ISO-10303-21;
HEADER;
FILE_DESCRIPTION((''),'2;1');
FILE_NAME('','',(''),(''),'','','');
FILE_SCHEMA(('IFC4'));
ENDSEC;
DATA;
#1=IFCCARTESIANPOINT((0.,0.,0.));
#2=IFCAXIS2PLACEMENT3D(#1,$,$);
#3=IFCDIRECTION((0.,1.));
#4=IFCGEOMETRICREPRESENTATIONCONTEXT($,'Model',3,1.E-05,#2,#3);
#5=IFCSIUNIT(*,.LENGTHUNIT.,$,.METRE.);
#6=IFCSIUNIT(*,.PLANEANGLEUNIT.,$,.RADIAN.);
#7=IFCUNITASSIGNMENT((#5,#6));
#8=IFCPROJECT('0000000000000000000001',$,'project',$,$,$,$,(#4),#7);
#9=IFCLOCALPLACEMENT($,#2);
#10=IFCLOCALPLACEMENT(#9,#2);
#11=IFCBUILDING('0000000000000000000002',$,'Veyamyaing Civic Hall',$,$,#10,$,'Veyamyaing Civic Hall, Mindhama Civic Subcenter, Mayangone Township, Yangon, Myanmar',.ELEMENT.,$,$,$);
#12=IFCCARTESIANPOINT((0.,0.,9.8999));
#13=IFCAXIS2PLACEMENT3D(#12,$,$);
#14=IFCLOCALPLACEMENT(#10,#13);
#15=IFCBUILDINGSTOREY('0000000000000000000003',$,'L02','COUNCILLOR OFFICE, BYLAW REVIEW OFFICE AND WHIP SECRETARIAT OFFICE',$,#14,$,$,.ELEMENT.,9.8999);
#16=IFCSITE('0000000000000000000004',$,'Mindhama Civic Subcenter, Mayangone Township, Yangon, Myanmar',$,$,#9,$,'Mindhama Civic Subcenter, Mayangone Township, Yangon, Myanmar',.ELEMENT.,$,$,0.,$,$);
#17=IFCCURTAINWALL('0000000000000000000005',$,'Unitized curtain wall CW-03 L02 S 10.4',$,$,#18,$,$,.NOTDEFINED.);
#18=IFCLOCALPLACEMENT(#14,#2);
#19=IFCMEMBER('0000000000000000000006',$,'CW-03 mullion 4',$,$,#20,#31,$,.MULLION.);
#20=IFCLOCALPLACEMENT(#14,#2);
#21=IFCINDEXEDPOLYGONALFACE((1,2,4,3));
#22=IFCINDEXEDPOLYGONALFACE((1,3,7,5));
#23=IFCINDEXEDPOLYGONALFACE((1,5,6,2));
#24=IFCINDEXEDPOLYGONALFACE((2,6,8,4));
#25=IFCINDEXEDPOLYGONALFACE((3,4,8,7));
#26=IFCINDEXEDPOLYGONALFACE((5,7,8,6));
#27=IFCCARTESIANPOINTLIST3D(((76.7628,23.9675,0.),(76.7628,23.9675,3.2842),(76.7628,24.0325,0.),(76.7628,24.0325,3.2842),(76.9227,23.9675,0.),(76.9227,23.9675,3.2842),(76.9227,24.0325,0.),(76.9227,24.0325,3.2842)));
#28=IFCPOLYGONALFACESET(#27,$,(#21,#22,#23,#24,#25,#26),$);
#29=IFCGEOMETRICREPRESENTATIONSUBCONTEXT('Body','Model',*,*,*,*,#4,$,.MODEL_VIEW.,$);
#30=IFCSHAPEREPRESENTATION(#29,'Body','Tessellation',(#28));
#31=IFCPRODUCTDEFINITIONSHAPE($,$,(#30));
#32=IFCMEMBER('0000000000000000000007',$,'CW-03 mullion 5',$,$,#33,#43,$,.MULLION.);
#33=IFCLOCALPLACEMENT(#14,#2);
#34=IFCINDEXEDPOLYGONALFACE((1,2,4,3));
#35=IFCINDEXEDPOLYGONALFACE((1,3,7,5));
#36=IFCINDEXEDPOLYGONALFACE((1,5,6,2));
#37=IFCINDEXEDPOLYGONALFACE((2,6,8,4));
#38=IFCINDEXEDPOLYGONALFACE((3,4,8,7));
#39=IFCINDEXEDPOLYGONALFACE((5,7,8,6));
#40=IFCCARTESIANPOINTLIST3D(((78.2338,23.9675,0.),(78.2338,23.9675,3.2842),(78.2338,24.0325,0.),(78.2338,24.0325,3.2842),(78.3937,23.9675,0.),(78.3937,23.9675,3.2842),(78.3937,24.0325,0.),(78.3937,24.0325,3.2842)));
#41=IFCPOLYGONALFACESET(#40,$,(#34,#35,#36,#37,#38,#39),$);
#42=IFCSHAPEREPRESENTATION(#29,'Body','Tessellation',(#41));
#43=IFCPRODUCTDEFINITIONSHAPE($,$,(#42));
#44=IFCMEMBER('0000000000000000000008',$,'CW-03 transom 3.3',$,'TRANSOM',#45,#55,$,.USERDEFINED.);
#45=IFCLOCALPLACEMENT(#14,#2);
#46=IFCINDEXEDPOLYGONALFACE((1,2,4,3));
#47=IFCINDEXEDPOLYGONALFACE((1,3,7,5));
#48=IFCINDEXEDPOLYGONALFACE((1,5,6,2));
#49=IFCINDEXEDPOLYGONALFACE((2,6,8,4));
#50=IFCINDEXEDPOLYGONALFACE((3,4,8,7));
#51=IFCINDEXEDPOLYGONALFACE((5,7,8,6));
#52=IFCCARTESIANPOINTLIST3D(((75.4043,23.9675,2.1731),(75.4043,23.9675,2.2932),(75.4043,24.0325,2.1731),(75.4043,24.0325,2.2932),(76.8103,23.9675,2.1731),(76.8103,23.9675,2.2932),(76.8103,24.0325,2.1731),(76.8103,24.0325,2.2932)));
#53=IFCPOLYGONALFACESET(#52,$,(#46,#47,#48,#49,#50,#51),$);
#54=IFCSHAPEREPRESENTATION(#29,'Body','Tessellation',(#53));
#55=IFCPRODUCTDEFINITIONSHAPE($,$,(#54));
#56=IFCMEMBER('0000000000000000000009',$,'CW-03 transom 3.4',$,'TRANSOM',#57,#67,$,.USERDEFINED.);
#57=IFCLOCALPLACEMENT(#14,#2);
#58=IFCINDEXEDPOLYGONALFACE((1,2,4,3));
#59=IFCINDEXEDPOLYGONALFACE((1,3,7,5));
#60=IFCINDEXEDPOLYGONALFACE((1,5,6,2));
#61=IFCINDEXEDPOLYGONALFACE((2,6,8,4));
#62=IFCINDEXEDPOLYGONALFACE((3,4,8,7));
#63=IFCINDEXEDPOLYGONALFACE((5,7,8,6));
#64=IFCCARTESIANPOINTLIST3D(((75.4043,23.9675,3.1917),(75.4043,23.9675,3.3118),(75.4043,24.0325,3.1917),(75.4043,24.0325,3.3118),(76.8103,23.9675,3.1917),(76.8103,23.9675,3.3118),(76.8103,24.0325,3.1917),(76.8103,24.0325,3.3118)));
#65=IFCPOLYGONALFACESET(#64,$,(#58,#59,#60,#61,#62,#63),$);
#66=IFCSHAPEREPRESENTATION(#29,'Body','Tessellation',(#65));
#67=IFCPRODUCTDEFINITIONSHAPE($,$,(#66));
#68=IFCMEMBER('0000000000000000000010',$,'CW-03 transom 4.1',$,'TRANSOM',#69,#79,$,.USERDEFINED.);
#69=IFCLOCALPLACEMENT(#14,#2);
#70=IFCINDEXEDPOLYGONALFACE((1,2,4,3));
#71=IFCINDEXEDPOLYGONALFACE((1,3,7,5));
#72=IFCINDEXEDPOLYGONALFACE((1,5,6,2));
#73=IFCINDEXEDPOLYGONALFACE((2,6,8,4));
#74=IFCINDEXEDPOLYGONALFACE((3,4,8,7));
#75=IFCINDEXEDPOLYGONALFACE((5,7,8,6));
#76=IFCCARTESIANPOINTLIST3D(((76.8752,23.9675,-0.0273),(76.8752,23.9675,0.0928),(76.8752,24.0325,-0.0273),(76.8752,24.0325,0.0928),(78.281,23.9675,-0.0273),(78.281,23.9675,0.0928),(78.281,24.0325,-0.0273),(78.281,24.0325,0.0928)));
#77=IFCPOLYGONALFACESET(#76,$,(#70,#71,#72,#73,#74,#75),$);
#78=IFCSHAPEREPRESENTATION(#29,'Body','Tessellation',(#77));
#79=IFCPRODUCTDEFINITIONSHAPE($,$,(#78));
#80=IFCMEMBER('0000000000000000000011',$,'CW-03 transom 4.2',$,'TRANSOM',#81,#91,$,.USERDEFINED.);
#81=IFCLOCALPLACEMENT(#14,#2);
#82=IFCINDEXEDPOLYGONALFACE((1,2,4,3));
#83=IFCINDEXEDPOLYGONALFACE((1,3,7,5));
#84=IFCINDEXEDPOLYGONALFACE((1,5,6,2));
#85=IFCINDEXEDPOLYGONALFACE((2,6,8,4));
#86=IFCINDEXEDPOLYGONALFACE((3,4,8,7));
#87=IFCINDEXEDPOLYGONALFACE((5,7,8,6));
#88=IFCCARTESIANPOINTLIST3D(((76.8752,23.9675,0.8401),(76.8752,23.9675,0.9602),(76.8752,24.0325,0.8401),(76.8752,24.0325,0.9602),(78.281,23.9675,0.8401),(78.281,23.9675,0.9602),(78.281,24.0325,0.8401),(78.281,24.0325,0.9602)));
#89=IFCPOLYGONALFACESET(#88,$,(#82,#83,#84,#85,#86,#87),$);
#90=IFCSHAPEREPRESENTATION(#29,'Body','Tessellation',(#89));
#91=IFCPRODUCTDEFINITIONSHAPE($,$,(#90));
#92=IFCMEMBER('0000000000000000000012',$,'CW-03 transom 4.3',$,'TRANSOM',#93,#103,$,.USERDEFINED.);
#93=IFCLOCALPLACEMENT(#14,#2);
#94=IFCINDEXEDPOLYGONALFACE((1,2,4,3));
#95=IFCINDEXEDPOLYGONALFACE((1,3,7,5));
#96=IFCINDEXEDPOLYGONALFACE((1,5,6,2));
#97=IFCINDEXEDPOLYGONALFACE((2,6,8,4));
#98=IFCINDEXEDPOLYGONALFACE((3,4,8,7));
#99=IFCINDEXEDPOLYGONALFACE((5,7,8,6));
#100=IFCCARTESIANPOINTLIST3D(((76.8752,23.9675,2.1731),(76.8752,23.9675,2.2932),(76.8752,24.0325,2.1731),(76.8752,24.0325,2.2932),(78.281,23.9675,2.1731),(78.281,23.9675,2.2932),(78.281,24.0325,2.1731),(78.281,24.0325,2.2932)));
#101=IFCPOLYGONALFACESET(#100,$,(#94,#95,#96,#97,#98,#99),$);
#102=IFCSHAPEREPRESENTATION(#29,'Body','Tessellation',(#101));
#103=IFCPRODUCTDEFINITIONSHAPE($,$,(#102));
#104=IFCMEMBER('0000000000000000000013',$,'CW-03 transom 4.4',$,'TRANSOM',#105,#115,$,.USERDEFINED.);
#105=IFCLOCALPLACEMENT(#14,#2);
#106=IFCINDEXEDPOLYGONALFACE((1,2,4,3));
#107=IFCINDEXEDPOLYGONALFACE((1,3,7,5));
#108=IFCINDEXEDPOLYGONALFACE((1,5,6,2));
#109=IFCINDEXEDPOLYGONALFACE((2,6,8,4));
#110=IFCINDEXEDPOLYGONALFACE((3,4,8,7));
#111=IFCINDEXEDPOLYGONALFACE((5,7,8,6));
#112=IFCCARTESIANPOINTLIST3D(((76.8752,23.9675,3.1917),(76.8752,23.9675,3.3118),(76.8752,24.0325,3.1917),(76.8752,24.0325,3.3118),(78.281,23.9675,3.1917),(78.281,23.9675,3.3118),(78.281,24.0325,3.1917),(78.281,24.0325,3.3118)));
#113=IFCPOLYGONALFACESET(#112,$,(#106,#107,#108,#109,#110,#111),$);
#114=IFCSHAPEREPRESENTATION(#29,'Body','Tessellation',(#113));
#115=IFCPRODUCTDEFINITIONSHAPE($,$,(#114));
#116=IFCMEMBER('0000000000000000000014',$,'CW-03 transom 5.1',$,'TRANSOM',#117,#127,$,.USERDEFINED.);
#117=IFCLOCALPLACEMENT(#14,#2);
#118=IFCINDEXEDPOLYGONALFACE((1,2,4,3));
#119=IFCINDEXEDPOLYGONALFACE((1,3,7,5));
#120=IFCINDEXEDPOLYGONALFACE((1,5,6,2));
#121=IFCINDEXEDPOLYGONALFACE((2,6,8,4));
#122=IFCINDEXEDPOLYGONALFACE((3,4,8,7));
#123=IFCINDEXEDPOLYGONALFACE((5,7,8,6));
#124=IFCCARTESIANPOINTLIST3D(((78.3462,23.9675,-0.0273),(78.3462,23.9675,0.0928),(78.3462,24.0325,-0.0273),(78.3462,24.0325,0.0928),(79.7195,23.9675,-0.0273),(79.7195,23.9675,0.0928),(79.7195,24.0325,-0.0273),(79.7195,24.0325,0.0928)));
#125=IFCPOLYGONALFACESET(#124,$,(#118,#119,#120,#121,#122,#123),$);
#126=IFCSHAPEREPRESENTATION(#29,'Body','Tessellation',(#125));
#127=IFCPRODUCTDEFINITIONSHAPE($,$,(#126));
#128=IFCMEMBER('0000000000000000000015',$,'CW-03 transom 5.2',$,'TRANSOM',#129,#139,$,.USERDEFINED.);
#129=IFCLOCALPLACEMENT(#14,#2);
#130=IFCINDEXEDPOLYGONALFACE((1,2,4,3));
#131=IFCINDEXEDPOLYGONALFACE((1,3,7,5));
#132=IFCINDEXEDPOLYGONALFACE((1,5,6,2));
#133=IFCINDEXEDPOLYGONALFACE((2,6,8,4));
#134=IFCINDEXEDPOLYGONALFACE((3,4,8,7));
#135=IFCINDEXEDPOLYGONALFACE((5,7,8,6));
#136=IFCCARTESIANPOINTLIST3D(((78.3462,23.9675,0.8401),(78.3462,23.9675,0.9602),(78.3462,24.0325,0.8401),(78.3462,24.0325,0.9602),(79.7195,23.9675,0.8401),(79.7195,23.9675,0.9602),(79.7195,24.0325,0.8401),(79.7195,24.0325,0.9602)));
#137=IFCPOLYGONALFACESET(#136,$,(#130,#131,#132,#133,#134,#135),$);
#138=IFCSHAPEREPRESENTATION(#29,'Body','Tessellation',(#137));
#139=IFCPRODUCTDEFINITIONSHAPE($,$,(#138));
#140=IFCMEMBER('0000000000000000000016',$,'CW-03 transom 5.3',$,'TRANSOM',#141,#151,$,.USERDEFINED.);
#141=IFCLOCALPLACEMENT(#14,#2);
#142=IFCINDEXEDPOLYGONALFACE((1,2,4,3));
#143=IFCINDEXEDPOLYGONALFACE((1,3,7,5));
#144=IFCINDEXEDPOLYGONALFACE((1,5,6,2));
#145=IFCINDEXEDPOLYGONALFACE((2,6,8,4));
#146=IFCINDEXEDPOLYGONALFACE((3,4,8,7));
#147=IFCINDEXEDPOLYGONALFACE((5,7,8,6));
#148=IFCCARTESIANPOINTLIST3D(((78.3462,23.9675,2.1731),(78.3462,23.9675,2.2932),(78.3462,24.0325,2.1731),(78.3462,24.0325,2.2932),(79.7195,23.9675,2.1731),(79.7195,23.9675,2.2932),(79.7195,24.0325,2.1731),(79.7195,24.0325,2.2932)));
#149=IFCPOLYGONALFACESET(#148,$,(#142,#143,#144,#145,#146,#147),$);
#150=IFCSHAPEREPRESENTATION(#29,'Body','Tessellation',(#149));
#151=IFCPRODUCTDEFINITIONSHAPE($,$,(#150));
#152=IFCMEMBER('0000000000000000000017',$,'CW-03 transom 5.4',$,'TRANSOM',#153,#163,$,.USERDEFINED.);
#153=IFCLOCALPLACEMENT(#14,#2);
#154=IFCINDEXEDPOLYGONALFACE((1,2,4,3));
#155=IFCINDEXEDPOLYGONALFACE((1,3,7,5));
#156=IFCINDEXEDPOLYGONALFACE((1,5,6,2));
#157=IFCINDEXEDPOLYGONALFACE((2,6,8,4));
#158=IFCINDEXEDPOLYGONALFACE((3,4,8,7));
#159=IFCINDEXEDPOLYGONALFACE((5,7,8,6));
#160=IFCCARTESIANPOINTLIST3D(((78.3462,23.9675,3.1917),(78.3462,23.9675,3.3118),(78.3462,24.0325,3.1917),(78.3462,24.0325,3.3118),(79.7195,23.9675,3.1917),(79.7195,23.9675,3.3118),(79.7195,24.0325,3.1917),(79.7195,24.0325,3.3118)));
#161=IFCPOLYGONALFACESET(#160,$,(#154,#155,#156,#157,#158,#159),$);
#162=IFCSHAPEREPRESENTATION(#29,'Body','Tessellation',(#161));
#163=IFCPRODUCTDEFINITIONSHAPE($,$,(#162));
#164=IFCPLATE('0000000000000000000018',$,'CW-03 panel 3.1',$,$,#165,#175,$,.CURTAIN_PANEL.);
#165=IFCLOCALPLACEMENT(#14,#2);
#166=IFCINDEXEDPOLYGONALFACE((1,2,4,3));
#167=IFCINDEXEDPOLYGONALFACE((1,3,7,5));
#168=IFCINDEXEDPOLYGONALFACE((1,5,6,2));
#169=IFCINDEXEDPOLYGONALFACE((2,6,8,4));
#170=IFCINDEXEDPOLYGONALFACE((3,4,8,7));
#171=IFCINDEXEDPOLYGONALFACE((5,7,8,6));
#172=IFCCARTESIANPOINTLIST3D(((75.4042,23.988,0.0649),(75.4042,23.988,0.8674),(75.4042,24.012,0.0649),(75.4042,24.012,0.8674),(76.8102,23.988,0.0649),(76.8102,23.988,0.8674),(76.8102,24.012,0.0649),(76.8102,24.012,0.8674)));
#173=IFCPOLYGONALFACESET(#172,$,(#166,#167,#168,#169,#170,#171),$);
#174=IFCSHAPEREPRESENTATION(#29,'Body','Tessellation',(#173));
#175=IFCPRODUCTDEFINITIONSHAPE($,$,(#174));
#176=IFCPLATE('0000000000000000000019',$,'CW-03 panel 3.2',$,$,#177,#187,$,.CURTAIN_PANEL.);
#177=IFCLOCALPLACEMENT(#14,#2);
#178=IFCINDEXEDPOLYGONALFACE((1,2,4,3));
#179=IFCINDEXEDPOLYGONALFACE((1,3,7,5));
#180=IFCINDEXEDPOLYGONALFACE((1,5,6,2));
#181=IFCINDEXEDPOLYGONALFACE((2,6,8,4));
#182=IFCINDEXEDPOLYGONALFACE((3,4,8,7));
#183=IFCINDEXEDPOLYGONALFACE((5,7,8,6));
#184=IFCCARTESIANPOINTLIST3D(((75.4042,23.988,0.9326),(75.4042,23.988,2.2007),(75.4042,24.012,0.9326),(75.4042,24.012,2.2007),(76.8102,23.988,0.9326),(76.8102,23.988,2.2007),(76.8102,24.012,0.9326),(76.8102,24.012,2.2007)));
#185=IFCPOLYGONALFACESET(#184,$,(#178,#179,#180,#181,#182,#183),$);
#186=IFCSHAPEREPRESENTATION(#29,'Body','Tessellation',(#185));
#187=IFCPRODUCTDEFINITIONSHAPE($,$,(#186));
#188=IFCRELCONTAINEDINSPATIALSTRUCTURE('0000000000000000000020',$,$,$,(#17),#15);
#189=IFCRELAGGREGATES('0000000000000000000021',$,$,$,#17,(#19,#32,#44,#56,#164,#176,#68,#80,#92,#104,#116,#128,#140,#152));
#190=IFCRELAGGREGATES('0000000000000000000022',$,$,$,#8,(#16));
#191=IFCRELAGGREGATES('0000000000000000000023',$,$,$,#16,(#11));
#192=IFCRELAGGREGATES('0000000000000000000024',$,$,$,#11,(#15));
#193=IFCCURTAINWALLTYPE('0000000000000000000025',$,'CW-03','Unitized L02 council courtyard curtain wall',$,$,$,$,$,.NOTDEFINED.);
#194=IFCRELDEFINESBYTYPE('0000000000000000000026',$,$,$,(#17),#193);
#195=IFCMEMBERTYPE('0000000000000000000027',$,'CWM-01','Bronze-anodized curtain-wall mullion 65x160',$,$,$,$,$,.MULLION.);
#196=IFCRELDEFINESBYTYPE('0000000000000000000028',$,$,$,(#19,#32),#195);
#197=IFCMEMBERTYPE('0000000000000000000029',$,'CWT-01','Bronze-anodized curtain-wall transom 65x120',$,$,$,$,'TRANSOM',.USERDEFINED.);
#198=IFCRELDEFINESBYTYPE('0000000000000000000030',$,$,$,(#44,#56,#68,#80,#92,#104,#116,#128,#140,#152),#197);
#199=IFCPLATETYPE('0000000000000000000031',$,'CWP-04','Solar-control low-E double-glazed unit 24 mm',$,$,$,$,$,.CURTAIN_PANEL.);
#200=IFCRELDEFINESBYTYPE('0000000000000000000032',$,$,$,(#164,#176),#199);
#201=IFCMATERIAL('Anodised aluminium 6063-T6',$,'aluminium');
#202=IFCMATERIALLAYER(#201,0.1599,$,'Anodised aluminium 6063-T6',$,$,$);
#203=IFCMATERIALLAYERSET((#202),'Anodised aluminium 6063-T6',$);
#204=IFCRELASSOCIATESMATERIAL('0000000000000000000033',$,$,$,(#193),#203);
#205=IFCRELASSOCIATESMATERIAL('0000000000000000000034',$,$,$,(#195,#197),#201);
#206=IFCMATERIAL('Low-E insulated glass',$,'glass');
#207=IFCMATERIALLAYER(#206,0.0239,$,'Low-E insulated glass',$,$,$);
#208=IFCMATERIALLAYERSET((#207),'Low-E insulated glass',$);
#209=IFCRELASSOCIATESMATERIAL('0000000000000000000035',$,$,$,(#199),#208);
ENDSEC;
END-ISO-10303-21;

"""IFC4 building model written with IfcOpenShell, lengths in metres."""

from ifc_helpers import new_model, si_unit, direction, frame, origin, origin_2d, place, context, subcontext, project, spatial, rectangle, extrude, material, layer, layer_set, material_profile, profile_set, type_object, element, aggregate, save


model = new_model("IFC4")

# Units and contexts
model_context = context("Model", 3, precision=1e-05, world=origin(), true_north=direction((0.0, 1.0)))
body_context = subcontext(model_context, "Body", "Model", "MODEL_VIEW")
ifc_project = project(units=[si_unit("LENGTHUNIT", "METRE"), si_unit("PLANEANGLEUNIT", "RADIAN")], contexts=[model_context])

# Site, building, storey
site_placement = place(None, origin())
site = spatial("IfcSite", under=ifc_project, at=site_placement, Name="Mindhama Civic Subcenter, Mayangone Township, Yangon, Myanmar", LongName="Mindhama Civic Subcenter, Mayangone Township, Yangon, Myanmar", CompositionType="ELEMENT", RefElevation=0.0)
building_placement = place(site_placement, origin())
building = spatial("IfcBuilding", under=site, at=building_placement, Name="Veyamyaing Civic Hall", LongName="Veyamyaing Civic Hall, Mindhama Civic Subcenter, Mayangone Township, Yangon, Myanmar", CompositionType="ELEMENT")
storey_placement = place(building_placement, frame((0.0, 0.0, 9.8999)))
storey = spatial("IfcBuildingStorey", under=building, at=storey_placement, Name="L02", Description="COUNCILLOR OFFICE, BYLAW REVIEW OFFICE AND WHIP SECRETARIAT OFFICE", CompositionType="ELEMENT", Elevation=9.8999)

# Curtain wall, members, plates
ifc_material_1 = material(Name="Anodised aluminium 6063-T6", Category="aluminium")
ifc_layer_1 = layer(ifc_material_1, 0.1599, Name="Anodised aluminium 6063-T6")
ifc_layer_set_1 = layer_set([ifc_layer_1], Name="Anodised aluminium 6063-T6")
curtain_wall_type = type_object("IfcCurtainWallType", Name="CW-03", Description="Unitized L02 council courtyard curtain wall", PredefinedType="NOTDEFINED", material=ifc_layer_set_1)
curtain_wall_placement = place(storey_placement, origin())
curtain_wall = element("IfcCurtainWall", 1, at=curtain_wall_placement, inside=storey, type_object=curtain_wall_type, Name="Unitized curtain wall CW-03 L02 S 10.4", PredefinedType="NOTDEFINED")
ifc_material_profile_1 = material_profile(ifc_material_1, rectangle(XDim=0.0649, YDim=0.1599, at=origin_2d()), Name="ALU-MUL-65X160")
ifc_profile_set_1 = profile_set([ifc_material_profile_1], Name="Anodised aluminium 6063-T6")
member_type_1 = type_object("IfcMemberType", Name="CWM-01", Description="Bronze-anodized curtain-wall mullion 65x160", PredefinedType="MULLION", material=ifc_profile_set_1)
member_1_placement = place(storey_placement, frame((76.8428, 24.0, 0.0), z_axis=(0.0, 0.0, 1.0), x_axis=(0.0, 1.0, 0.0)))
member_1 = element("IfcMember", 2, at=member_1_placement, type_object=member_type_1, Name="CW-03 mullion 4", PredefinedType="MULLION", context=body_context, shape_type="SweptSolid", body=[
    extrude(rectangle(XDim=0.0649, YDim=0.1599, at=origin_2d()), origin(), (0.0, 0.0, 1.0), 3.2842),
])
member_2_placement = place(storey_placement, frame((78.3137, 24.0, 0.0), z_axis=(0.0, 0.0, 1.0), x_axis=(0.0, 1.0, 0.0)))
member_2 = element("IfcMember", 3, at=member_2_placement, type_object=member_type_1, Name="CW-03 mullion 5", PredefinedType="MULLION", context=body_context, shape_type="SweptSolid", body=[
    extrude(rectangle(XDim=0.0649, YDim=0.1599, at=origin_2d()), origin(), (0.0, 0.0, 1.0), 3.2842),
])
ifc_material_profile_2 = material_profile(ifc_material_1, rectangle(XDim=0.0649, YDim=0.1201, at=origin_2d()), Name="ALU-TRN-65X120")
ifc_profile_set_2 = profile_set([ifc_material_profile_2], Name="Anodised aluminium 6063-T6")
member_type_2 = type_object("IfcMemberType", Name="CWT-01", Description="Bronze-anodized curtain-wall transom 65x120", ElementType="TRANSOM", PredefinedType="USERDEFINED", material=ifc_profile_set_2)
member_3_placement = place(storey_placement, frame((75.4043, 24.0, 2.2332), z_axis=(1.0, 0.0, 0.0), x_axis=(0.0, 1.0, 0.0)))
member_3 = element("IfcMember", 4, at=member_3_placement, type_object=member_type_2, Name="CW-03 transom 3.3", ObjectType="TRANSOM", PredefinedType="USERDEFINED", context=body_context, shape_type="SweptSolid", body=[
    extrude(rectangle(XDim=0.0649, YDim=0.1201, at=origin_2d()), origin(), (0.0, 0.0, 1.0), 1.406),
])
member_4_placement = place(storey_placement, frame((75.4043, 24.0, 3.2517), z_axis=(1.0, 0.0, 0.0), x_axis=(0.0, 1.0, 0.0)))
member_4 = element("IfcMember", 5, at=member_4_placement, type_object=member_type_2, Name="CW-03 transom 3.4", ObjectType="TRANSOM", PredefinedType="USERDEFINED", context=body_context, shape_type="SweptSolid", body=[
    extrude(rectangle(XDim=0.0649, YDim=0.1201, at=origin_2d()), origin(), (0.0, 0.0, 1.0), 1.406),
])
member_5_placement = place(storey_placement, frame((76.8752, 24.0, 0.0327), z_axis=(1.0, 0.0, 0.0), x_axis=(0.0, 1.0, 0.0)))
member_5 = element("IfcMember", 6, at=member_5_placement, type_object=member_type_2, Name="CW-03 transom 4.1", ObjectType="TRANSOM", PredefinedType="USERDEFINED", context=body_context, shape_type="SweptSolid", body=[
    extrude(rectangle(XDim=0.0649, YDim=0.1201, at=origin_2d()), origin(), (0.0, 0.0, 1.0), 1.4058),
])
member_6_placement = place(storey_placement, frame((76.8752, 24.0, 0.9001), z_axis=(1.0, 0.0, 0.0), x_axis=(0.0, 1.0, 0.0)))
member_6 = element("IfcMember", 7, at=member_6_placement, type_object=member_type_2, Name="CW-03 transom 4.2", ObjectType="TRANSOM", PredefinedType="USERDEFINED", context=body_context, shape_type="SweptSolid", body=[
    extrude(rectangle(XDim=0.0649, YDim=0.1201, at=origin_2d()), origin(), (0.0, 0.0, 1.0), 1.4058),
])
member_7_placement = place(storey_placement, frame((76.8752, 24.0, 2.2332), z_axis=(1.0, 0.0, 0.0), x_axis=(0.0, 1.0, 0.0)))
member_7 = element("IfcMember", 8, at=member_7_placement, type_object=member_type_2, Name="CW-03 transom 4.3", ObjectType="TRANSOM", PredefinedType="USERDEFINED", context=body_context, shape_type="SweptSolid", body=[
    extrude(rectangle(XDim=0.0649, YDim=0.1201, at=origin_2d()), origin(), (0.0, 0.0, 1.0), 1.4058),
])
member_8_placement = place(storey_placement, frame((76.8752, 24.0, 3.2517), z_axis=(1.0, 0.0, 0.0), x_axis=(0.0, 1.0, 0.0)))
member_8 = element("IfcMember", 9, at=member_8_placement, type_object=member_type_2, Name="CW-03 transom 4.4", ObjectType="TRANSOM", PredefinedType="USERDEFINED", context=body_context, shape_type="SweptSolid", body=[
    extrude(rectangle(XDim=0.0649, YDim=0.1201, at=origin_2d()), origin(), (0.0, 0.0, 1.0), 1.4058),
])
member_9_placement = place(storey_placement, frame((78.3462, 24.0, 0.0327), z_axis=(1.0, 0.0, 0.0), x_axis=(0.0, 1.0, 0.0)))
member_9 = element("IfcMember", 10, at=member_9_placement, type_object=member_type_2, Name="CW-03 transom 5.1", ObjectType="TRANSOM", PredefinedType="USERDEFINED", context=body_context, shape_type="SweptSolid", body=[
    extrude(rectangle(XDim=0.0649, YDim=0.1201, at=origin_2d()), origin(), (0.0, 0.0, 1.0), 1.3733),
])
member_10_placement = place(storey_placement, frame((78.3462, 24.0, 0.9001), z_axis=(1.0, 0.0, 0.0), x_axis=(0.0, 1.0, 0.0)))
member_10 = element("IfcMember", 11, at=member_10_placement, type_object=member_type_2, Name="CW-03 transom 5.2", ObjectType="TRANSOM", PredefinedType="USERDEFINED", context=body_context, shape_type="SweptSolid", body=[
    extrude(rectangle(XDim=0.0649, YDim=0.1201, at=origin_2d()), origin(), (0.0, 0.0, 1.0), 1.3733),
])
member_11_placement = place(storey_placement, frame((78.3462, 24.0, 2.2332), z_axis=(1.0, 0.0, 0.0), x_axis=(0.0, 1.0, 0.0)))
member_11 = element("IfcMember", 12, at=member_11_placement, type_object=member_type_2, Name="CW-03 transom 5.3", ObjectType="TRANSOM", PredefinedType="USERDEFINED", context=body_context, shape_type="SweptSolid", body=[
    extrude(rectangle(XDim=0.0649, YDim=0.1201, at=origin_2d()), origin(), (0.0, 0.0, 1.0), 1.3733),
])
member_12_placement = place(storey_placement, frame((78.3462, 24.0, 3.2517), z_axis=(1.0, 0.0, 0.0), x_axis=(0.0, 1.0, 0.0)))
member_12 = element("IfcMember", 13, at=member_12_placement, type_object=member_type_2, Name="CW-03 transom 5.4", ObjectType="TRANSOM", PredefinedType="USERDEFINED", context=body_context, shape_type="SweptSolid", body=[
    extrude(rectangle(XDim=0.0649, YDim=0.1201, at=origin_2d()), origin(), (0.0, 0.0, 1.0), 1.3733),
])
ifc_material_2 = material(Name="Low-E insulated glass", Category="glass")
ifc_layer_2 = layer(ifc_material_2, 0.0239, Name="Low-E insulated glass")
ifc_layer_set_2 = layer_set([ifc_layer_2], Name="Low-E insulated glass")
plate_type = type_object("IfcPlateType", Name="CWP-04", Description="Solar-control low-E double-glazed unit 24 mm", PredefinedType="CURTAIN_PANEL", material=ifc_layer_set_2)
plate_1_placement = place(storey_placement, frame((76.1072, 24.0, 0.0649), z_axis=(0.0, 0.0, 1.0), x_axis=(1.0, 0.0, 0.0)))
plate_1 = element("IfcPlate", 14, at=plate_1_placement, type_object=plate_type, Name="CW-03 panel 3.1", PredefinedType="CURTAIN_PANEL", context=body_context, shape_type="SweptSolid", body=[
    extrude(rectangle(XDim=1.406, YDim=0.0239, at=origin_2d()), origin(), (0.0, 0.0, 1.0), 0.8025),
])
plate_2_placement = place(storey_placement, frame((76.1072, 24.0, 0.9326), z_axis=(0.0, 0.0, 1.0), x_axis=(1.0, 0.0, 0.0)))
plate_2 = element("IfcPlate", 15, at=plate_2_placement, type_object=plate_type, Name="CW-03 panel 3.2", PredefinedType="CURTAIN_PANEL", context=body_context, shape_type="SweptSolid", body=[
    extrude(rectangle(XDim=1.406, YDim=0.0239, at=origin_2d()), origin(), (0.0, 0.0, 1.0), 1.2681),
])
aggregate(curtain_wall, [member_1, member_2, member_3, member_4, plate_1, plate_2, member_5, member_6, member_7, member_8, member_9, member_10, member_11, member_12])

save(model, "model.ifc")
